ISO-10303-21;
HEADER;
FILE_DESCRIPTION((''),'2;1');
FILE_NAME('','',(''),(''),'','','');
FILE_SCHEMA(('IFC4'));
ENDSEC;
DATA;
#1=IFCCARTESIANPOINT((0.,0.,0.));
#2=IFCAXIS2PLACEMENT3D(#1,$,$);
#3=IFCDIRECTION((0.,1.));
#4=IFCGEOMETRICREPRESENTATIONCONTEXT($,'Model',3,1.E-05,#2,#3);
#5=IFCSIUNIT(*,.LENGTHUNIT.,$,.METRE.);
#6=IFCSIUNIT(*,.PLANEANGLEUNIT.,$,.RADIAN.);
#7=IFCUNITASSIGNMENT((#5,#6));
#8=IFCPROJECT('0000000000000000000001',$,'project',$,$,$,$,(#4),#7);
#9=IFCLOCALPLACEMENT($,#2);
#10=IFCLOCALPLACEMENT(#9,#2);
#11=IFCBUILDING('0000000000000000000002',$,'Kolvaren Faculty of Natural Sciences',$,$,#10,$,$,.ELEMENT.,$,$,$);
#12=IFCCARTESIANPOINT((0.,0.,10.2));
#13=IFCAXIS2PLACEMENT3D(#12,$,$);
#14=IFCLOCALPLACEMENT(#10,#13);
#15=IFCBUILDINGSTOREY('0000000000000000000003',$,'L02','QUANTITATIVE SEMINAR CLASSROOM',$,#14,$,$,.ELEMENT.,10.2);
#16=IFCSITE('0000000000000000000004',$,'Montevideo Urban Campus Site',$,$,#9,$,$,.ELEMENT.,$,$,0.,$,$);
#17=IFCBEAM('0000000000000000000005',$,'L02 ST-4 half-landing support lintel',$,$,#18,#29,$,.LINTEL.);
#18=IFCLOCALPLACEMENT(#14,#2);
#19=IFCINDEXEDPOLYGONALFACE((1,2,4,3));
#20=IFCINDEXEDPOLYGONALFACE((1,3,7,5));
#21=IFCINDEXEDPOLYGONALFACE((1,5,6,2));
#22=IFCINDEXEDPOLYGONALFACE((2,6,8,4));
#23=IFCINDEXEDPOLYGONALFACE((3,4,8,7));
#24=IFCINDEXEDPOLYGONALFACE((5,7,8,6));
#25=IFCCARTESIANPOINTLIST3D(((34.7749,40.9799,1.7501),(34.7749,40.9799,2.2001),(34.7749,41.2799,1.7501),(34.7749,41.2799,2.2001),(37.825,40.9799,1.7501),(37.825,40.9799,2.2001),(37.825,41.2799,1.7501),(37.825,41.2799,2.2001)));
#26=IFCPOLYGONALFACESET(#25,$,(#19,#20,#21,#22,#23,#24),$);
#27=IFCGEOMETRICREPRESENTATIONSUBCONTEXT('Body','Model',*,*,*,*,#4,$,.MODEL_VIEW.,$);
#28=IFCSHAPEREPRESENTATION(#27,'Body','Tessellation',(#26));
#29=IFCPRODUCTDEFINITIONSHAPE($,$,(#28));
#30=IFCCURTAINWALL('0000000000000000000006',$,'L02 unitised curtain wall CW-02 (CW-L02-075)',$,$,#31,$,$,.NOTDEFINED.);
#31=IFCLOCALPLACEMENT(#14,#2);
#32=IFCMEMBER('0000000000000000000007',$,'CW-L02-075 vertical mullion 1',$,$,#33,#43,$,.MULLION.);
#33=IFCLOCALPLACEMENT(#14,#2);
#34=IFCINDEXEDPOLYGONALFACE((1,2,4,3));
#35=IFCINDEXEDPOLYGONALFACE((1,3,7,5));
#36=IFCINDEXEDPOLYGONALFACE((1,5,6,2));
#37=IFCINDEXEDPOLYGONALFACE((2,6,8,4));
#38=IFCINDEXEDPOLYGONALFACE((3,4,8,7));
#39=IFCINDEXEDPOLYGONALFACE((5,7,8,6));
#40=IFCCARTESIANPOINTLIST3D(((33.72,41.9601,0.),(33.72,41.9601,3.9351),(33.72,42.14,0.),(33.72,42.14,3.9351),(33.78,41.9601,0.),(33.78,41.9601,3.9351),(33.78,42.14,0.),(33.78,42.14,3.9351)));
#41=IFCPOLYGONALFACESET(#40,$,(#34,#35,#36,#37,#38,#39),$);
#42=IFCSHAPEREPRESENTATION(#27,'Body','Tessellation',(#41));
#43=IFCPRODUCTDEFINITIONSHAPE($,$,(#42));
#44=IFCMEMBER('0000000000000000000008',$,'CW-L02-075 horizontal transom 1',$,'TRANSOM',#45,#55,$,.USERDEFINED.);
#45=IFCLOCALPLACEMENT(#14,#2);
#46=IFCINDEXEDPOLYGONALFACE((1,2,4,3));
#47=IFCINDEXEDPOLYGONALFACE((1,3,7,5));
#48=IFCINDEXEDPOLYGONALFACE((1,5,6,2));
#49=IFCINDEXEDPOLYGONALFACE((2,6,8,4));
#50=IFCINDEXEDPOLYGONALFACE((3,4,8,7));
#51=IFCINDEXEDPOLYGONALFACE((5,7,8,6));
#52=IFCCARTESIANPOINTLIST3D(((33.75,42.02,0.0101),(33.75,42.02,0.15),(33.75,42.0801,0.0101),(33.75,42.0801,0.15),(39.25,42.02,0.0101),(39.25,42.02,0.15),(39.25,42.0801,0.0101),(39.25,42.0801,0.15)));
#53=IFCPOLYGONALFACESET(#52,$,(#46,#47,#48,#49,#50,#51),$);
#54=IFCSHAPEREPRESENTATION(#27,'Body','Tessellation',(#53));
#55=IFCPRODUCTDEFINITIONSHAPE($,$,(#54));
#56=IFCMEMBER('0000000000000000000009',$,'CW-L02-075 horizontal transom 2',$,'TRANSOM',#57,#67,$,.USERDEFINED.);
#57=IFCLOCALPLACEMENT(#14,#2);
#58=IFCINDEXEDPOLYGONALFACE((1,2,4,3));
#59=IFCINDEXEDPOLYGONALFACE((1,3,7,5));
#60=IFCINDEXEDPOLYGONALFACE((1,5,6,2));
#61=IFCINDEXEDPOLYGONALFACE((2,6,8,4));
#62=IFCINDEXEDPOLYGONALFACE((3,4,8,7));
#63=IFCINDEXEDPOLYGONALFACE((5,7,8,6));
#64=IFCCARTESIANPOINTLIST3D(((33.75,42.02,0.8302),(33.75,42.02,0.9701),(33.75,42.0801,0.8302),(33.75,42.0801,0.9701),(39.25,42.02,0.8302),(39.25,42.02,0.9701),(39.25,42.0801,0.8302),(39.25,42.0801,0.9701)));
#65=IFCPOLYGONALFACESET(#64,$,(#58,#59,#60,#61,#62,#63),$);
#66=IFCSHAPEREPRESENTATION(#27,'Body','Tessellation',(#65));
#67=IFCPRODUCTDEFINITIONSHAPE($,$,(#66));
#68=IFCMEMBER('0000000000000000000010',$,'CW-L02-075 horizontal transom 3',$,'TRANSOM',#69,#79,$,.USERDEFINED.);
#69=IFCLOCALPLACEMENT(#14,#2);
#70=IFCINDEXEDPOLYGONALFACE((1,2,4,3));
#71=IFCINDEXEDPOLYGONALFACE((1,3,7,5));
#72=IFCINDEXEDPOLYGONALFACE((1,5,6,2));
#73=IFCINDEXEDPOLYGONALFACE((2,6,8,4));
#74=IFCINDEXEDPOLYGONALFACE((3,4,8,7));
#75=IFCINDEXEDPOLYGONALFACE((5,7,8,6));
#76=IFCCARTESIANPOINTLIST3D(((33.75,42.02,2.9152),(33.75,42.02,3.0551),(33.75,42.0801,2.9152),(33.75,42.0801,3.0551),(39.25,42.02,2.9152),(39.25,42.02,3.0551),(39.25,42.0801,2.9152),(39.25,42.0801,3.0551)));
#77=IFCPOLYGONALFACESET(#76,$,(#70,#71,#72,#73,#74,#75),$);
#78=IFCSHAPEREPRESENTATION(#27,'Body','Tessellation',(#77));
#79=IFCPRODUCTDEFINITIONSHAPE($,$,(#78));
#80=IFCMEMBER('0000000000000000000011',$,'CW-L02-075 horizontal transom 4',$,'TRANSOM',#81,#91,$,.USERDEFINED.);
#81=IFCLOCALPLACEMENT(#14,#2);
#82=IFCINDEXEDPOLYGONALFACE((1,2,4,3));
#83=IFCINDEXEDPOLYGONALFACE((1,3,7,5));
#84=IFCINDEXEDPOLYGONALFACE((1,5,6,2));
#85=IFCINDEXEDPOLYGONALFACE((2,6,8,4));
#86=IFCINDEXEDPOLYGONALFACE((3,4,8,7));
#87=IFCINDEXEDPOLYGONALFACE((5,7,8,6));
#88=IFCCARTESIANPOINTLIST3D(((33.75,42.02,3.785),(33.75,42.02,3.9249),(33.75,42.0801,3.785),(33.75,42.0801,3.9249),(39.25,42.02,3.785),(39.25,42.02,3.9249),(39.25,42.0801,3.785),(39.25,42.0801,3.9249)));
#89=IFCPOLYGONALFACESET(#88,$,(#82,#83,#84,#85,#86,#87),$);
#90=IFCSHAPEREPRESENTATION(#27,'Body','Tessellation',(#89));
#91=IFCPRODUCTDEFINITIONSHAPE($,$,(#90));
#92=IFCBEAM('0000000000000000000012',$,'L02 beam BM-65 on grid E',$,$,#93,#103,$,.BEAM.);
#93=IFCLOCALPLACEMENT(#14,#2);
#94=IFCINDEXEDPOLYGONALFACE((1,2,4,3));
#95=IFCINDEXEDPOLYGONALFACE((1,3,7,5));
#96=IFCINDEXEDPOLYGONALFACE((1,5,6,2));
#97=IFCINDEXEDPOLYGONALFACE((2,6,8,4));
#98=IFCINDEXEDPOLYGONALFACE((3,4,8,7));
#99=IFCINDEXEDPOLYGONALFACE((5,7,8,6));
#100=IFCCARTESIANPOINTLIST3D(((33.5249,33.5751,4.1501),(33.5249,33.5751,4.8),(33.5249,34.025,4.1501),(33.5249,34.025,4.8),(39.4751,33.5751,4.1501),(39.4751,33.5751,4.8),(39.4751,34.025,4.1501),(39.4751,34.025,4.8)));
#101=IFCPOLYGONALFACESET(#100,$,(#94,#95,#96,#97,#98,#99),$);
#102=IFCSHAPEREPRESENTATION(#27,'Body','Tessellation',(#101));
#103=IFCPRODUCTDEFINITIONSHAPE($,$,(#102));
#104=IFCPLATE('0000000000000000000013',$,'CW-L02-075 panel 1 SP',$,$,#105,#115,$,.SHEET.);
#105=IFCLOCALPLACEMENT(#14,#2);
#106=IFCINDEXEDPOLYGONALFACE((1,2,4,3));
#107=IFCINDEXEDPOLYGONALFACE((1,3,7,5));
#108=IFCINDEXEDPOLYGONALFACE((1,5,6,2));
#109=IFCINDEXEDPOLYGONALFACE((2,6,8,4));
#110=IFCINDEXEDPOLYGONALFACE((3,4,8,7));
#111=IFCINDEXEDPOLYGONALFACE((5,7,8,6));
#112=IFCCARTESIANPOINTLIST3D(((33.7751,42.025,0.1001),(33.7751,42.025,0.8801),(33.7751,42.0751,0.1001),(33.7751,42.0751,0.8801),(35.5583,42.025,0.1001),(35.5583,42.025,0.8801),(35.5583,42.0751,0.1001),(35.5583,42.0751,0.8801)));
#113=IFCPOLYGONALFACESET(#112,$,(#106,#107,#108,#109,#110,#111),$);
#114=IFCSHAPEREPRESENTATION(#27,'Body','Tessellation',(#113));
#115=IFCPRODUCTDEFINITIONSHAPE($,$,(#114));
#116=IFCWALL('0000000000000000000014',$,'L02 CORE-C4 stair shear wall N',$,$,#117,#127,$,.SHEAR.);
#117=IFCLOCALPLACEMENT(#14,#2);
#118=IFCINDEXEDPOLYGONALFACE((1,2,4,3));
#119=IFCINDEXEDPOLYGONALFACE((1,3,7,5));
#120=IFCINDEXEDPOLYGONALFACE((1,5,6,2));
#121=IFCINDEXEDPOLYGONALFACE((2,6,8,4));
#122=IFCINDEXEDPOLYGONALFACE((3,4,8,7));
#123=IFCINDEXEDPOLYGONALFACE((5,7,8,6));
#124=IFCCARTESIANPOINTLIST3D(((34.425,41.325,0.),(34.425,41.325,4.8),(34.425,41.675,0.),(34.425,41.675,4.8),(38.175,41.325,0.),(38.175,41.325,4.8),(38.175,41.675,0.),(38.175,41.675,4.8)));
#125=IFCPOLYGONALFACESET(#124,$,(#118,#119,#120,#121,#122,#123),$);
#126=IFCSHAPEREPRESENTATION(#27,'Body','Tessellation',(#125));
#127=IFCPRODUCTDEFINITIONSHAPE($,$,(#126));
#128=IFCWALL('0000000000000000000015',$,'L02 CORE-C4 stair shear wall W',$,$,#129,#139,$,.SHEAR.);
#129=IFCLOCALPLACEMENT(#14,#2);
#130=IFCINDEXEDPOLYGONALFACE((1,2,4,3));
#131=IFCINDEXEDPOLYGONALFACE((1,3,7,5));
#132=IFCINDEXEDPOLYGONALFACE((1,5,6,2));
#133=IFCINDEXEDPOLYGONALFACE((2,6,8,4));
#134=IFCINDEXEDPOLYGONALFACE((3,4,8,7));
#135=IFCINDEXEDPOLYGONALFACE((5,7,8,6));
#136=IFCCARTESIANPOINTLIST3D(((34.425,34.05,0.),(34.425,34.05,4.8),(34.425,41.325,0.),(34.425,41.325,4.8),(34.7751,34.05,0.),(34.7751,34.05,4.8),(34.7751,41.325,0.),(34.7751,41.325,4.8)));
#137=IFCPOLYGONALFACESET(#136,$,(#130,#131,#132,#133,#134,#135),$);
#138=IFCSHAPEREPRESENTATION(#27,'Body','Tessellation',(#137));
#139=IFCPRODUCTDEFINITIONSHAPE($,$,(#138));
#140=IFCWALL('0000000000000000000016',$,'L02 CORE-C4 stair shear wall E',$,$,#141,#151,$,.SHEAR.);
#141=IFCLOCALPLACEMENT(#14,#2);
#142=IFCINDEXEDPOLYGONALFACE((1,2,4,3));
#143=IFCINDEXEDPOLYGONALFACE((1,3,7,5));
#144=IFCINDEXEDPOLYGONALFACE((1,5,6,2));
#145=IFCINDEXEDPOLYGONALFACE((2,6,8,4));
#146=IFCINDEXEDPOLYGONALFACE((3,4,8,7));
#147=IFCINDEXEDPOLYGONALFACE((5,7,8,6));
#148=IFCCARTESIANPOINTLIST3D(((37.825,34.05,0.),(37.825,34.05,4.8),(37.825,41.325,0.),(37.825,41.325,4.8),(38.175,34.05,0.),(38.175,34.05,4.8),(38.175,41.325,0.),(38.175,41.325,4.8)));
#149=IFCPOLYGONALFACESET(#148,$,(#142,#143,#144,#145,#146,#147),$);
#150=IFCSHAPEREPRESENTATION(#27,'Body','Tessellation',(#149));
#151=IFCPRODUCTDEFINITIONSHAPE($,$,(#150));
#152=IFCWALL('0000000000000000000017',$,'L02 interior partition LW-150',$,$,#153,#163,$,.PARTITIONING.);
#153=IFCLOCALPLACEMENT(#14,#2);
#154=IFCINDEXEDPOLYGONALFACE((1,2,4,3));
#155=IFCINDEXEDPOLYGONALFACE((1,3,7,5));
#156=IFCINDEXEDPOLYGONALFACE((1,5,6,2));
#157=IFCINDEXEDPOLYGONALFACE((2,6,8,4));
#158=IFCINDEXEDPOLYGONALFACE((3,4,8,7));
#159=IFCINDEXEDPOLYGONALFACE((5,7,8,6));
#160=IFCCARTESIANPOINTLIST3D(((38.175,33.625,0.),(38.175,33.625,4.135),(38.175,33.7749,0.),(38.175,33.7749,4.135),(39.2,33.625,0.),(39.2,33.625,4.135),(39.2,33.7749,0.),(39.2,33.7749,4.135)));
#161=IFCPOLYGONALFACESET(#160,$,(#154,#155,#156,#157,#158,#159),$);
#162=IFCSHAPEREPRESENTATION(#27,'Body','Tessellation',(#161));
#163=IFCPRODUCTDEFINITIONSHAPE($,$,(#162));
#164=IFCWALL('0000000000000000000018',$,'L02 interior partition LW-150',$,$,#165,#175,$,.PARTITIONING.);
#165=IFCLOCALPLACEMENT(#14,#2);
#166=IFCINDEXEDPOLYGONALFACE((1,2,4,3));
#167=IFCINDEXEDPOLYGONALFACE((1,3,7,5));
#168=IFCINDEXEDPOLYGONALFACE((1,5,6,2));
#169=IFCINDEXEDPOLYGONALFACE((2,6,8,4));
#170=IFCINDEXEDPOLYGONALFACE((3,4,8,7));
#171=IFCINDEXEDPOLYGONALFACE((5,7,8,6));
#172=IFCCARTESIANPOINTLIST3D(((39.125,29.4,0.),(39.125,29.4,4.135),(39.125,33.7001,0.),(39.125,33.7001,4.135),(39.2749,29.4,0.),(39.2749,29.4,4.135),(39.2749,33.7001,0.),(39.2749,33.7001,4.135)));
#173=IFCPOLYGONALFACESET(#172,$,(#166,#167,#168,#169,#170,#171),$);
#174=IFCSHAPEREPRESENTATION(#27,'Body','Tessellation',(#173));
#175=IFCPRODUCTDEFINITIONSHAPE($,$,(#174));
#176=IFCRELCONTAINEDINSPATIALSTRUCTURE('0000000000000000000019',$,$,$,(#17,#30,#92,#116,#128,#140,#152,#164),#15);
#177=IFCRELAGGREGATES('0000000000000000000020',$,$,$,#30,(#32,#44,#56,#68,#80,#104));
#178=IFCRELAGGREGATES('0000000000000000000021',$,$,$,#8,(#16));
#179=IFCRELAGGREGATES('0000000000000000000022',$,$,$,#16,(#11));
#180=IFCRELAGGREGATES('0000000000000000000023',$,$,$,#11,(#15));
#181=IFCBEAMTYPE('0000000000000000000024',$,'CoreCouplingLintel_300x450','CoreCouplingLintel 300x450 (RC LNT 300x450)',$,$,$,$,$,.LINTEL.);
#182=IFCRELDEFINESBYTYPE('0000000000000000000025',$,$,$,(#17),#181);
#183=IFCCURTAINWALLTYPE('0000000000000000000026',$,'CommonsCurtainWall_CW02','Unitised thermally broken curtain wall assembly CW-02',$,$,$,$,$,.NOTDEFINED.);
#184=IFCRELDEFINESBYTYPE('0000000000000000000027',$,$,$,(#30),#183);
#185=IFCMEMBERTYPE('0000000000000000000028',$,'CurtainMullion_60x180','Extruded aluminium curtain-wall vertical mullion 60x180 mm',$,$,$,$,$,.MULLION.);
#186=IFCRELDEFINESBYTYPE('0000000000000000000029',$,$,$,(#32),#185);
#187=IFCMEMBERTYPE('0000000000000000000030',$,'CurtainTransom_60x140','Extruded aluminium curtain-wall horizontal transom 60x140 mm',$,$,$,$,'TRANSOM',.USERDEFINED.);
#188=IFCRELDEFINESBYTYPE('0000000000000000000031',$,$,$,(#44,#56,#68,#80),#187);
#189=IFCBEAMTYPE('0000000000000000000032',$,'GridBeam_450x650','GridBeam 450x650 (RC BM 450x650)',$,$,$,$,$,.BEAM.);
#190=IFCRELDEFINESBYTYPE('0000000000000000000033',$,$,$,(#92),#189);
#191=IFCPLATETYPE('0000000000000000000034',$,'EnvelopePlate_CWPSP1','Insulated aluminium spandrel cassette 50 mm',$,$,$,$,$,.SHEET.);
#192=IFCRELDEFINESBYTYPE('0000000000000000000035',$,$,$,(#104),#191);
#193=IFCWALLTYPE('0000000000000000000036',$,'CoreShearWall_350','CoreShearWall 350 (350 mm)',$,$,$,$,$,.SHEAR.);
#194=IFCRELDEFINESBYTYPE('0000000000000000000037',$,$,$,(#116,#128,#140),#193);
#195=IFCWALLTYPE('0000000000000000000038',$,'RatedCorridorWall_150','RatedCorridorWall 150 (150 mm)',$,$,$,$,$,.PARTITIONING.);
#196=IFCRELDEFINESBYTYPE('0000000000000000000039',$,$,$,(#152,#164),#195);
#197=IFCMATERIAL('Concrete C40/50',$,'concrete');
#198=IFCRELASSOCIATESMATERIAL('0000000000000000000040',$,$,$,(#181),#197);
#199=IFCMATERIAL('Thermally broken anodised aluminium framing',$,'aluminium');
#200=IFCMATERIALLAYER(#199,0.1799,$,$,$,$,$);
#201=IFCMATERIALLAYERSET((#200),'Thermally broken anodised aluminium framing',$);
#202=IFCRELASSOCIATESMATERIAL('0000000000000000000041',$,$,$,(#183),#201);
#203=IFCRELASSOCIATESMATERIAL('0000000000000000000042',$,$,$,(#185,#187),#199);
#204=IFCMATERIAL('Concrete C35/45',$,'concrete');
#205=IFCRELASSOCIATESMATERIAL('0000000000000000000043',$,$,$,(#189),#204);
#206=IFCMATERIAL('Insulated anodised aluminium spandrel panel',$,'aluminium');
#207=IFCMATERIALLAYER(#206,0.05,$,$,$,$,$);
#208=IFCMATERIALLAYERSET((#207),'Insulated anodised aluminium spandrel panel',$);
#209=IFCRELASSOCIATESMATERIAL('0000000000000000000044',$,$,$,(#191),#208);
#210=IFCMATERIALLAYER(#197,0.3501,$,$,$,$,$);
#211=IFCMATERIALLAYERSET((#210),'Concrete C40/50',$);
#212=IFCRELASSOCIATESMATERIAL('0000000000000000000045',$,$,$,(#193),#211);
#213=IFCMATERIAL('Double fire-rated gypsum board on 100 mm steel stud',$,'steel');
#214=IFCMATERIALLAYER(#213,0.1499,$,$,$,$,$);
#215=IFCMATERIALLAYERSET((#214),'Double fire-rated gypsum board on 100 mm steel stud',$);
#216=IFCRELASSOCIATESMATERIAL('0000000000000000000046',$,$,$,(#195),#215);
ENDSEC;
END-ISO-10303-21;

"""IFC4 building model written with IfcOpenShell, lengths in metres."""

from ifc_helpers import new_model, si_unit, direction, frame, frame_2d, origin, origin_2d, place, context, subcontext, project, spatial, rectangle, extrude, material, layer, layer_set, material_profile, profile_set, type_object, element, aggregate, save


model = new_model("IFC4")

# Units and contexts
model_context = context("Model", 3, precision=1e-05, world=origin(), true_north=direction((0.0, 1.0)))
body_context = subcontext(model_context, "Body", "Model", "MODEL_VIEW")
ifc_project = project(units=[si_unit("LENGTHUNIT", "METRE"), si_unit("PLANEANGLEUNIT", "RADIAN")], contexts=[model_context])

# Site, building, storey
site_placement = place(None, origin())
site = spatial("IfcSite", under=ifc_project, at=site_placement, Name="Montevideo Urban Campus Site", CompositionType="ELEMENT", RefElevation=0.0)
building_placement = place(site_placement, origin())
building = spatial("IfcBuilding", under=site, at=building_placement, Name="Kolvaren Faculty of Natural Sciences", CompositionType="ELEMENT")
storey_placement = place(building_placement, frame((0.0, 0.0, 10.2)))
storey = spatial("IfcBuildingStorey", under=building, at=storey_placement, Name="L02", Description="QUANTITATIVE SEMINAR CLASSROOM", CompositionType="ELEMENT", Elevation=10.2)

# Beam
ifc_material_1 = material(Name="Concrete C40/50", Category="concrete")
ifc_material_profile_1 = material_profile(ifc_material_1, rectangle(XDim=0.3, YDim=0.45, at=origin_2d()), Name="RC LNT 300x450")
ifc_profile_set_1 = profile_set([ifc_material_profile_1], Name="Concrete C40/50")
beam_type_1 = type_object("IfcBeamType", Name="CoreCouplingLintel_300x450", Description="CoreCouplingLintel 300x450 (RC LNT 300x450)", PredefinedType="LINTEL", material=ifc_profile_set_1)
beam_1_placement = place(storey_placement, frame((34.7749, 41.1299, 1.9751), z_axis=(1.0, 0.0, 0.0), x_axis=(0.0, 1.0, 0.0)))
element("IfcBeam", 1, at=beam_1_placement, inside=storey, type_object=beam_type_1, Name="L02 ST-4 half-landing support lintel", PredefinedType="LINTEL", context=body_context, shape_type="SweptSolid", body=[
    extrude(rectangle(XDim=0.3, YDim=0.45, at=origin_2d()), origin(), (0.0, 0.0, 1.0), 3.05),
])

# Curtain wall, members
ifc_material_2 = material(Name="Thermally broken anodised aluminium framing", Category="aluminium")
ifc_layer_1 = layer(ifc_material_2, 0.1799)
ifc_layer_set_1 = layer_set([ifc_layer_1], Name="Thermally broken anodised aluminium framing")
curtain_wall_type = type_object("IfcCurtainWallType", Name="CommonsCurtainWall_CW02", Description="Unitised thermally broken curtain wall assembly CW-02", PredefinedType="NOTDEFINED", material=ifc_layer_set_1)
curtain_wall_placement = place(storey_placement, origin())
curtain_wall = element("IfcCurtainWall", 2, at=curtain_wall_placement, inside=storey, type_object=curtain_wall_type, Name="L02 unitised curtain wall CW-02 (CW-L02-075)", PredefinedType="NOTDEFINED")
ifc_material_profile_2 = material_profile(ifc_material_2, rectangle(XDim=0.0601, YDim=0.1799, at=origin_2d()), Name="ALU MUL 60x180")
ifc_profile_set_2 = profile_set([ifc_material_profile_2], Name="Thermally broken anodised aluminium framing")
member_type_1 = type_object("IfcMemberType", Name="CurtainMullion_60x180", Description="Extruded aluminium curtain-wall vertical mullion 60x180 mm", PredefinedType="MULLION", material=ifc_profile_set_2)
member_1_placement = place(storey_placement, frame((33.75, 42.05, 0.0), z_axis=(0.0, 0.0, 1.0), x_axis=(1.0, 0.0, 0.0)))
member_1 = element("IfcMember", 3, at=member_1_placement, type_object=member_type_1, Name="CW-L02-075 vertical mullion 1", PredefinedType="MULLION", context=body_context, shape_type="SweptSolid", body=[
    extrude(rectangle(XDim=0.0601, YDim=0.1799, at=origin_2d()), origin(), (0.0, 0.0, 1.0), 3.9351),
])
ifc_material_profile_3 = material_profile(ifc_material_2, rectangle(XDim=0.0601, YDim=0.1399, at=origin_2d()), Name="ALU TRN 60x140")
ifc_profile_set_3 = profile_set([ifc_material_profile_3], Name="Thermally broken anodised aluminium framing")
member_type_2 = type_object("IfcMemberType", Name="CurtainTransom_60x140", Description="Extruded aluminium curtain-wall horizontal transom 60x140 mm", ElementType="TRANSOM", PredefinedType="USERDEFINED", material=ifc_profile_set_3)
member_2_placement = place(storey_placement, frame((33.75, 42.05, 0.0801), z_axis=(1.0, 0.0, 0.0), x_axis=(0.0, 1.0, 0.0)))
member_2 = element("IfcMember", 4, at=member_2_placement, type_object=member_type_2, Name="CW-L02-075 horizontal transom 1", ObjectType="TRANSOM", PredefinedType="USERDEFINED", context=body_context, shape_type="SweptSolid", body=[
    extrude(rectangle(XDim=0.0601, YDim=0.1399, at=origin_2d()), origin(), (0.0, 0.0, 1.0), 5.5),
])
member_3_placement = place(storey_placement, frame((33.75, 42.05, 0.9001), z_axis=(1.0, 0.0, 0.0), x_axis=(0.0, 1.0, 0.0)))
member_3 = element("IfcMember", 5, at=member_3_placement, type_object=member_type_2, Name="CW-L02-075 horizontal transom 2", ObjectType="TRANSOM", PredefinedType="USERDEFINED", context=body_context, shape_type="SweptSolid", body=[
    extrude(rectangle(XDim=0.0601, YDim=0.1399, at=origin_2d()), origin(), (0.0, 0.0, 1.0), 5.5),
])
member_4_placement = place(storey_placement, frame((33.75, 42.05, 2.9851), z_axis=(1.0, 0.0, 0.0), x_axis=(0.0, 1.0, 0.0)))
member_4 = element("IfcMember", 6, at=member_4_placement, type_object=member_type_2, Name="CW-L02-075 horizontal transom 3", ObjectType="TRANSOM", PredefinedType="USERDEFINED", context=body_context, shape_type="SweptSolid", body=[
    extrude(rectangle(XDim=0.0601, YDim=0.1399, at=origin_2d()), origin(), (0.0, 0.0, 1.0), 5.5),
])
member_5_placement = place(storey_placement, frame((33.75, 42.05, 3.855), z_axis=(1.0, 0.0, 0.0), x_axis=(0.0, 1.0, 0.0)))
member_5 = element("IfcMember", 7, at=member_5_placement, type_object=member_type_2, Name="CW-L02-075 horizontal transom 4", ObjectType="TRANSOM", PredefinedType="USERDEFINED", context=body_context, shape_type="SweptSolid", body=[
    extrude(rectangle(XDim=0.0601, YDim=0.1399, at=origin_2d()), origin(), (0.0, 0.0, 1.0), 5.5),
])

# Beam
ifc_material_3 = material(Name="Concrete C35/45", Category="concrete")
ifc_material_profile_4 = material_profile(ifc_material_3, rectangle(XDim=0.45, YDim=0.6499, at=origin_2d()), Name="RC BM 450x650")
ifc_profile_set_4 = profile_set([ifc_material_profile_4], Name="Concrete C35/45")
beam_type_2 = type_object("IfcBeamType", Name="GridBeam_450x650", Description="GridBeam 450x650 (RC BM 450x650)", PredefinedType="BEAM", material=ifc_profile_set_4)
beam_2_placement = place(storey_placement, frame((33.5249, 33.8, 4.4751), z_axis=(1.0, 0.0, 0.0), x_axis=(0.0, 1.0, 0.0)))
element("IfcBeam", 8, at=beam_2_placement, inside=storey, type_object=beam_type_2, Name="L02 beam BM-65 on grid E", PredefinedType="BEAM", context=body_context, shape_type="SweptSolid", body=[
    extrude(rectangle(XDim=0.45, YDim=0.6499, at=origin_2d()), origin(), (0.0, 0.0, 1.0), 5.9502),
])

# Plate
ifc_material_4 = material(Name="Insulated anodised aluminium spandrel panel", Category="aluminium")
ifc_layer_2 = layer(ifc_material_4, 0.05)
ifc_layer_set_2 = layer_set([ifc_layer_2], Name="Insulated anodised aluminium spandrel panel")
plate_type = type_object("IfcPlateType", Name="EnvelopePlate_CWPSP1", Description="Insulated aluminium spandrel cassette 50 mm", PredefinedType="SHEET", material=ifc_layer_set_2)
plate_placement = place(storey_placement, frame((34.6667, 42.05, 0.1001), z_axis=(0.0, 0.0, 1.0), x_axis=(1.0, 0.0, 0.0)))
plate = element("IfcPlate", 9, at=plate_placement, type_object=plate_type, Name="CW-L02-075 panel 1 SP", PredefinedType="SHEET", context=body_context, shape_type="SweptSolid", body=[
    extrude(rectangle(XDim=1.7832, YDim=0.05, at=origin_2d()), origin(), (0.0, 0.0, 1.0), 0.78),
])
aggregate(curtain_wall, [member_1, member_2, member_3, member_4, member_5, plate])

# Shared definitions
ifc_layer_3 = layer(ifc_material_1, 0.3501)
ifc_layer_set_3 = layer_set([ifc_layer_3], Name="Concrete C40/50")
wall_type_1 = type_object("IfcWallType", Name="CoreShearWall_350", Description="CoreShearWall 350 (350 mm)", PredefinedType="SHEAR", material=ifc_layer_set_3)

# Walls
wall_1_placement = place(storey_placement, frame((34.425, 41.5, 0.0), z_axis=(0.0, 0.0, 1.0), x_axis=(1.0, 0.0, 0.0)))
element("IfcWall", 10, at=wall_1_placement, inside=storey, type_object=wall_type_1, Name="L02 CORE-C4 stair shear wall N", PredefinedType="SHEAR", context=body_context, shape_type="SweptSolid", body=[
    extrude(rectangle(XDim=3.75, YDim=0.3501, at=frame_2d((1.875, 0.0))), origin(), (0.0, 0.0, 1.0), 4.8),
])
for number, where, z_axis, x_axis, name in (
    (11, (34.6001, 34.05, 0.0), (0.0, 0.0, 1.0), (0.0, 1.0, 0.0), "L02 CORE-C4 stair shear wall W"),
    (12, (38.0, 34.05, 0.0), (0.0, 0.0, 1.0), (0.0, 1.0, 0.0), "L02 CORE-C4 stair shear wall E"),
):
    element("IfcWall", number, at=place(storey_placement, frame(where, z_axis=z_axis, x_axis=x_axis)), inside=storey, type_object=wall_type_1, Name=name, PredefinedType="SHEAR", context=body_context, shape_type="SweptSolid", body=[
        extrude(rectangle(XDim=7.2749, YDim=0.3501, at=frame_2d((3.6375, 0.0))), origin(), (0.0, 0.0, 1.0), 4.8),
    ])
ifc_material_5 = material(Name="Double fire-rated gypsum board on 100 mm steel stud", Category="steel")
ifc_layer_4 = layer(ifc_material_5, 0.1499)
ifc_layer_set_4 = layer_set([ifc_layer_4], Name="Double fire-rated gypsum board on 100 mm steel stud")
wall_type_2 = type_object("IfcWallType", Name="RatedCorridorWall_150", Description="RatedCorridorWall 150 (150 mm)", PredefinedType="PARTITIONING", material=ifc_layer_set_4)
wall_2_placement = place(storey_placement, frame((38.175, 33.7, 0.0), z_axis=(0.0, 0.0, 1.0), x_axis=(1.0, 0.0, 0.0)))
element("IfcWall", 13, at=wall_2_placement, inside=storey, type_object=wall_type_2, Name="L02 interior partition LW-150", PredefinedType="PARTITIONING", context=body_context, shape_type="SweptSolid", body=[
    extrude(rectangle(XDim=1.0249, YDim=0.1499, at=frame_2d((0.5125, 0.0))), origin(), (0.0, 0.0, 1.0), 4.135),
])
wall_3_placement = place(storey_placement, frame((39.2, 33.7, 0.0), z_axis=(0.0, 0.0, 1.0), x_axis=(0.0, -1.0, 0.0)))
element("IfcWall", 14, at=wall_3_placement, inside=storey, type_object=wall_type_2, Name="L02 interior partition LW-150", PredefinedType="PARTITIONING", context=body_context, shape_type="SweptSolid", body=[
    extrude(rectangle(XDim=4.3, YDim=0.1499, at=frame_2d((2.1499, 0.0))), origin(), (0.0, 0.0, 1.0), 4.135),
])

save(model, "model.ifc")
